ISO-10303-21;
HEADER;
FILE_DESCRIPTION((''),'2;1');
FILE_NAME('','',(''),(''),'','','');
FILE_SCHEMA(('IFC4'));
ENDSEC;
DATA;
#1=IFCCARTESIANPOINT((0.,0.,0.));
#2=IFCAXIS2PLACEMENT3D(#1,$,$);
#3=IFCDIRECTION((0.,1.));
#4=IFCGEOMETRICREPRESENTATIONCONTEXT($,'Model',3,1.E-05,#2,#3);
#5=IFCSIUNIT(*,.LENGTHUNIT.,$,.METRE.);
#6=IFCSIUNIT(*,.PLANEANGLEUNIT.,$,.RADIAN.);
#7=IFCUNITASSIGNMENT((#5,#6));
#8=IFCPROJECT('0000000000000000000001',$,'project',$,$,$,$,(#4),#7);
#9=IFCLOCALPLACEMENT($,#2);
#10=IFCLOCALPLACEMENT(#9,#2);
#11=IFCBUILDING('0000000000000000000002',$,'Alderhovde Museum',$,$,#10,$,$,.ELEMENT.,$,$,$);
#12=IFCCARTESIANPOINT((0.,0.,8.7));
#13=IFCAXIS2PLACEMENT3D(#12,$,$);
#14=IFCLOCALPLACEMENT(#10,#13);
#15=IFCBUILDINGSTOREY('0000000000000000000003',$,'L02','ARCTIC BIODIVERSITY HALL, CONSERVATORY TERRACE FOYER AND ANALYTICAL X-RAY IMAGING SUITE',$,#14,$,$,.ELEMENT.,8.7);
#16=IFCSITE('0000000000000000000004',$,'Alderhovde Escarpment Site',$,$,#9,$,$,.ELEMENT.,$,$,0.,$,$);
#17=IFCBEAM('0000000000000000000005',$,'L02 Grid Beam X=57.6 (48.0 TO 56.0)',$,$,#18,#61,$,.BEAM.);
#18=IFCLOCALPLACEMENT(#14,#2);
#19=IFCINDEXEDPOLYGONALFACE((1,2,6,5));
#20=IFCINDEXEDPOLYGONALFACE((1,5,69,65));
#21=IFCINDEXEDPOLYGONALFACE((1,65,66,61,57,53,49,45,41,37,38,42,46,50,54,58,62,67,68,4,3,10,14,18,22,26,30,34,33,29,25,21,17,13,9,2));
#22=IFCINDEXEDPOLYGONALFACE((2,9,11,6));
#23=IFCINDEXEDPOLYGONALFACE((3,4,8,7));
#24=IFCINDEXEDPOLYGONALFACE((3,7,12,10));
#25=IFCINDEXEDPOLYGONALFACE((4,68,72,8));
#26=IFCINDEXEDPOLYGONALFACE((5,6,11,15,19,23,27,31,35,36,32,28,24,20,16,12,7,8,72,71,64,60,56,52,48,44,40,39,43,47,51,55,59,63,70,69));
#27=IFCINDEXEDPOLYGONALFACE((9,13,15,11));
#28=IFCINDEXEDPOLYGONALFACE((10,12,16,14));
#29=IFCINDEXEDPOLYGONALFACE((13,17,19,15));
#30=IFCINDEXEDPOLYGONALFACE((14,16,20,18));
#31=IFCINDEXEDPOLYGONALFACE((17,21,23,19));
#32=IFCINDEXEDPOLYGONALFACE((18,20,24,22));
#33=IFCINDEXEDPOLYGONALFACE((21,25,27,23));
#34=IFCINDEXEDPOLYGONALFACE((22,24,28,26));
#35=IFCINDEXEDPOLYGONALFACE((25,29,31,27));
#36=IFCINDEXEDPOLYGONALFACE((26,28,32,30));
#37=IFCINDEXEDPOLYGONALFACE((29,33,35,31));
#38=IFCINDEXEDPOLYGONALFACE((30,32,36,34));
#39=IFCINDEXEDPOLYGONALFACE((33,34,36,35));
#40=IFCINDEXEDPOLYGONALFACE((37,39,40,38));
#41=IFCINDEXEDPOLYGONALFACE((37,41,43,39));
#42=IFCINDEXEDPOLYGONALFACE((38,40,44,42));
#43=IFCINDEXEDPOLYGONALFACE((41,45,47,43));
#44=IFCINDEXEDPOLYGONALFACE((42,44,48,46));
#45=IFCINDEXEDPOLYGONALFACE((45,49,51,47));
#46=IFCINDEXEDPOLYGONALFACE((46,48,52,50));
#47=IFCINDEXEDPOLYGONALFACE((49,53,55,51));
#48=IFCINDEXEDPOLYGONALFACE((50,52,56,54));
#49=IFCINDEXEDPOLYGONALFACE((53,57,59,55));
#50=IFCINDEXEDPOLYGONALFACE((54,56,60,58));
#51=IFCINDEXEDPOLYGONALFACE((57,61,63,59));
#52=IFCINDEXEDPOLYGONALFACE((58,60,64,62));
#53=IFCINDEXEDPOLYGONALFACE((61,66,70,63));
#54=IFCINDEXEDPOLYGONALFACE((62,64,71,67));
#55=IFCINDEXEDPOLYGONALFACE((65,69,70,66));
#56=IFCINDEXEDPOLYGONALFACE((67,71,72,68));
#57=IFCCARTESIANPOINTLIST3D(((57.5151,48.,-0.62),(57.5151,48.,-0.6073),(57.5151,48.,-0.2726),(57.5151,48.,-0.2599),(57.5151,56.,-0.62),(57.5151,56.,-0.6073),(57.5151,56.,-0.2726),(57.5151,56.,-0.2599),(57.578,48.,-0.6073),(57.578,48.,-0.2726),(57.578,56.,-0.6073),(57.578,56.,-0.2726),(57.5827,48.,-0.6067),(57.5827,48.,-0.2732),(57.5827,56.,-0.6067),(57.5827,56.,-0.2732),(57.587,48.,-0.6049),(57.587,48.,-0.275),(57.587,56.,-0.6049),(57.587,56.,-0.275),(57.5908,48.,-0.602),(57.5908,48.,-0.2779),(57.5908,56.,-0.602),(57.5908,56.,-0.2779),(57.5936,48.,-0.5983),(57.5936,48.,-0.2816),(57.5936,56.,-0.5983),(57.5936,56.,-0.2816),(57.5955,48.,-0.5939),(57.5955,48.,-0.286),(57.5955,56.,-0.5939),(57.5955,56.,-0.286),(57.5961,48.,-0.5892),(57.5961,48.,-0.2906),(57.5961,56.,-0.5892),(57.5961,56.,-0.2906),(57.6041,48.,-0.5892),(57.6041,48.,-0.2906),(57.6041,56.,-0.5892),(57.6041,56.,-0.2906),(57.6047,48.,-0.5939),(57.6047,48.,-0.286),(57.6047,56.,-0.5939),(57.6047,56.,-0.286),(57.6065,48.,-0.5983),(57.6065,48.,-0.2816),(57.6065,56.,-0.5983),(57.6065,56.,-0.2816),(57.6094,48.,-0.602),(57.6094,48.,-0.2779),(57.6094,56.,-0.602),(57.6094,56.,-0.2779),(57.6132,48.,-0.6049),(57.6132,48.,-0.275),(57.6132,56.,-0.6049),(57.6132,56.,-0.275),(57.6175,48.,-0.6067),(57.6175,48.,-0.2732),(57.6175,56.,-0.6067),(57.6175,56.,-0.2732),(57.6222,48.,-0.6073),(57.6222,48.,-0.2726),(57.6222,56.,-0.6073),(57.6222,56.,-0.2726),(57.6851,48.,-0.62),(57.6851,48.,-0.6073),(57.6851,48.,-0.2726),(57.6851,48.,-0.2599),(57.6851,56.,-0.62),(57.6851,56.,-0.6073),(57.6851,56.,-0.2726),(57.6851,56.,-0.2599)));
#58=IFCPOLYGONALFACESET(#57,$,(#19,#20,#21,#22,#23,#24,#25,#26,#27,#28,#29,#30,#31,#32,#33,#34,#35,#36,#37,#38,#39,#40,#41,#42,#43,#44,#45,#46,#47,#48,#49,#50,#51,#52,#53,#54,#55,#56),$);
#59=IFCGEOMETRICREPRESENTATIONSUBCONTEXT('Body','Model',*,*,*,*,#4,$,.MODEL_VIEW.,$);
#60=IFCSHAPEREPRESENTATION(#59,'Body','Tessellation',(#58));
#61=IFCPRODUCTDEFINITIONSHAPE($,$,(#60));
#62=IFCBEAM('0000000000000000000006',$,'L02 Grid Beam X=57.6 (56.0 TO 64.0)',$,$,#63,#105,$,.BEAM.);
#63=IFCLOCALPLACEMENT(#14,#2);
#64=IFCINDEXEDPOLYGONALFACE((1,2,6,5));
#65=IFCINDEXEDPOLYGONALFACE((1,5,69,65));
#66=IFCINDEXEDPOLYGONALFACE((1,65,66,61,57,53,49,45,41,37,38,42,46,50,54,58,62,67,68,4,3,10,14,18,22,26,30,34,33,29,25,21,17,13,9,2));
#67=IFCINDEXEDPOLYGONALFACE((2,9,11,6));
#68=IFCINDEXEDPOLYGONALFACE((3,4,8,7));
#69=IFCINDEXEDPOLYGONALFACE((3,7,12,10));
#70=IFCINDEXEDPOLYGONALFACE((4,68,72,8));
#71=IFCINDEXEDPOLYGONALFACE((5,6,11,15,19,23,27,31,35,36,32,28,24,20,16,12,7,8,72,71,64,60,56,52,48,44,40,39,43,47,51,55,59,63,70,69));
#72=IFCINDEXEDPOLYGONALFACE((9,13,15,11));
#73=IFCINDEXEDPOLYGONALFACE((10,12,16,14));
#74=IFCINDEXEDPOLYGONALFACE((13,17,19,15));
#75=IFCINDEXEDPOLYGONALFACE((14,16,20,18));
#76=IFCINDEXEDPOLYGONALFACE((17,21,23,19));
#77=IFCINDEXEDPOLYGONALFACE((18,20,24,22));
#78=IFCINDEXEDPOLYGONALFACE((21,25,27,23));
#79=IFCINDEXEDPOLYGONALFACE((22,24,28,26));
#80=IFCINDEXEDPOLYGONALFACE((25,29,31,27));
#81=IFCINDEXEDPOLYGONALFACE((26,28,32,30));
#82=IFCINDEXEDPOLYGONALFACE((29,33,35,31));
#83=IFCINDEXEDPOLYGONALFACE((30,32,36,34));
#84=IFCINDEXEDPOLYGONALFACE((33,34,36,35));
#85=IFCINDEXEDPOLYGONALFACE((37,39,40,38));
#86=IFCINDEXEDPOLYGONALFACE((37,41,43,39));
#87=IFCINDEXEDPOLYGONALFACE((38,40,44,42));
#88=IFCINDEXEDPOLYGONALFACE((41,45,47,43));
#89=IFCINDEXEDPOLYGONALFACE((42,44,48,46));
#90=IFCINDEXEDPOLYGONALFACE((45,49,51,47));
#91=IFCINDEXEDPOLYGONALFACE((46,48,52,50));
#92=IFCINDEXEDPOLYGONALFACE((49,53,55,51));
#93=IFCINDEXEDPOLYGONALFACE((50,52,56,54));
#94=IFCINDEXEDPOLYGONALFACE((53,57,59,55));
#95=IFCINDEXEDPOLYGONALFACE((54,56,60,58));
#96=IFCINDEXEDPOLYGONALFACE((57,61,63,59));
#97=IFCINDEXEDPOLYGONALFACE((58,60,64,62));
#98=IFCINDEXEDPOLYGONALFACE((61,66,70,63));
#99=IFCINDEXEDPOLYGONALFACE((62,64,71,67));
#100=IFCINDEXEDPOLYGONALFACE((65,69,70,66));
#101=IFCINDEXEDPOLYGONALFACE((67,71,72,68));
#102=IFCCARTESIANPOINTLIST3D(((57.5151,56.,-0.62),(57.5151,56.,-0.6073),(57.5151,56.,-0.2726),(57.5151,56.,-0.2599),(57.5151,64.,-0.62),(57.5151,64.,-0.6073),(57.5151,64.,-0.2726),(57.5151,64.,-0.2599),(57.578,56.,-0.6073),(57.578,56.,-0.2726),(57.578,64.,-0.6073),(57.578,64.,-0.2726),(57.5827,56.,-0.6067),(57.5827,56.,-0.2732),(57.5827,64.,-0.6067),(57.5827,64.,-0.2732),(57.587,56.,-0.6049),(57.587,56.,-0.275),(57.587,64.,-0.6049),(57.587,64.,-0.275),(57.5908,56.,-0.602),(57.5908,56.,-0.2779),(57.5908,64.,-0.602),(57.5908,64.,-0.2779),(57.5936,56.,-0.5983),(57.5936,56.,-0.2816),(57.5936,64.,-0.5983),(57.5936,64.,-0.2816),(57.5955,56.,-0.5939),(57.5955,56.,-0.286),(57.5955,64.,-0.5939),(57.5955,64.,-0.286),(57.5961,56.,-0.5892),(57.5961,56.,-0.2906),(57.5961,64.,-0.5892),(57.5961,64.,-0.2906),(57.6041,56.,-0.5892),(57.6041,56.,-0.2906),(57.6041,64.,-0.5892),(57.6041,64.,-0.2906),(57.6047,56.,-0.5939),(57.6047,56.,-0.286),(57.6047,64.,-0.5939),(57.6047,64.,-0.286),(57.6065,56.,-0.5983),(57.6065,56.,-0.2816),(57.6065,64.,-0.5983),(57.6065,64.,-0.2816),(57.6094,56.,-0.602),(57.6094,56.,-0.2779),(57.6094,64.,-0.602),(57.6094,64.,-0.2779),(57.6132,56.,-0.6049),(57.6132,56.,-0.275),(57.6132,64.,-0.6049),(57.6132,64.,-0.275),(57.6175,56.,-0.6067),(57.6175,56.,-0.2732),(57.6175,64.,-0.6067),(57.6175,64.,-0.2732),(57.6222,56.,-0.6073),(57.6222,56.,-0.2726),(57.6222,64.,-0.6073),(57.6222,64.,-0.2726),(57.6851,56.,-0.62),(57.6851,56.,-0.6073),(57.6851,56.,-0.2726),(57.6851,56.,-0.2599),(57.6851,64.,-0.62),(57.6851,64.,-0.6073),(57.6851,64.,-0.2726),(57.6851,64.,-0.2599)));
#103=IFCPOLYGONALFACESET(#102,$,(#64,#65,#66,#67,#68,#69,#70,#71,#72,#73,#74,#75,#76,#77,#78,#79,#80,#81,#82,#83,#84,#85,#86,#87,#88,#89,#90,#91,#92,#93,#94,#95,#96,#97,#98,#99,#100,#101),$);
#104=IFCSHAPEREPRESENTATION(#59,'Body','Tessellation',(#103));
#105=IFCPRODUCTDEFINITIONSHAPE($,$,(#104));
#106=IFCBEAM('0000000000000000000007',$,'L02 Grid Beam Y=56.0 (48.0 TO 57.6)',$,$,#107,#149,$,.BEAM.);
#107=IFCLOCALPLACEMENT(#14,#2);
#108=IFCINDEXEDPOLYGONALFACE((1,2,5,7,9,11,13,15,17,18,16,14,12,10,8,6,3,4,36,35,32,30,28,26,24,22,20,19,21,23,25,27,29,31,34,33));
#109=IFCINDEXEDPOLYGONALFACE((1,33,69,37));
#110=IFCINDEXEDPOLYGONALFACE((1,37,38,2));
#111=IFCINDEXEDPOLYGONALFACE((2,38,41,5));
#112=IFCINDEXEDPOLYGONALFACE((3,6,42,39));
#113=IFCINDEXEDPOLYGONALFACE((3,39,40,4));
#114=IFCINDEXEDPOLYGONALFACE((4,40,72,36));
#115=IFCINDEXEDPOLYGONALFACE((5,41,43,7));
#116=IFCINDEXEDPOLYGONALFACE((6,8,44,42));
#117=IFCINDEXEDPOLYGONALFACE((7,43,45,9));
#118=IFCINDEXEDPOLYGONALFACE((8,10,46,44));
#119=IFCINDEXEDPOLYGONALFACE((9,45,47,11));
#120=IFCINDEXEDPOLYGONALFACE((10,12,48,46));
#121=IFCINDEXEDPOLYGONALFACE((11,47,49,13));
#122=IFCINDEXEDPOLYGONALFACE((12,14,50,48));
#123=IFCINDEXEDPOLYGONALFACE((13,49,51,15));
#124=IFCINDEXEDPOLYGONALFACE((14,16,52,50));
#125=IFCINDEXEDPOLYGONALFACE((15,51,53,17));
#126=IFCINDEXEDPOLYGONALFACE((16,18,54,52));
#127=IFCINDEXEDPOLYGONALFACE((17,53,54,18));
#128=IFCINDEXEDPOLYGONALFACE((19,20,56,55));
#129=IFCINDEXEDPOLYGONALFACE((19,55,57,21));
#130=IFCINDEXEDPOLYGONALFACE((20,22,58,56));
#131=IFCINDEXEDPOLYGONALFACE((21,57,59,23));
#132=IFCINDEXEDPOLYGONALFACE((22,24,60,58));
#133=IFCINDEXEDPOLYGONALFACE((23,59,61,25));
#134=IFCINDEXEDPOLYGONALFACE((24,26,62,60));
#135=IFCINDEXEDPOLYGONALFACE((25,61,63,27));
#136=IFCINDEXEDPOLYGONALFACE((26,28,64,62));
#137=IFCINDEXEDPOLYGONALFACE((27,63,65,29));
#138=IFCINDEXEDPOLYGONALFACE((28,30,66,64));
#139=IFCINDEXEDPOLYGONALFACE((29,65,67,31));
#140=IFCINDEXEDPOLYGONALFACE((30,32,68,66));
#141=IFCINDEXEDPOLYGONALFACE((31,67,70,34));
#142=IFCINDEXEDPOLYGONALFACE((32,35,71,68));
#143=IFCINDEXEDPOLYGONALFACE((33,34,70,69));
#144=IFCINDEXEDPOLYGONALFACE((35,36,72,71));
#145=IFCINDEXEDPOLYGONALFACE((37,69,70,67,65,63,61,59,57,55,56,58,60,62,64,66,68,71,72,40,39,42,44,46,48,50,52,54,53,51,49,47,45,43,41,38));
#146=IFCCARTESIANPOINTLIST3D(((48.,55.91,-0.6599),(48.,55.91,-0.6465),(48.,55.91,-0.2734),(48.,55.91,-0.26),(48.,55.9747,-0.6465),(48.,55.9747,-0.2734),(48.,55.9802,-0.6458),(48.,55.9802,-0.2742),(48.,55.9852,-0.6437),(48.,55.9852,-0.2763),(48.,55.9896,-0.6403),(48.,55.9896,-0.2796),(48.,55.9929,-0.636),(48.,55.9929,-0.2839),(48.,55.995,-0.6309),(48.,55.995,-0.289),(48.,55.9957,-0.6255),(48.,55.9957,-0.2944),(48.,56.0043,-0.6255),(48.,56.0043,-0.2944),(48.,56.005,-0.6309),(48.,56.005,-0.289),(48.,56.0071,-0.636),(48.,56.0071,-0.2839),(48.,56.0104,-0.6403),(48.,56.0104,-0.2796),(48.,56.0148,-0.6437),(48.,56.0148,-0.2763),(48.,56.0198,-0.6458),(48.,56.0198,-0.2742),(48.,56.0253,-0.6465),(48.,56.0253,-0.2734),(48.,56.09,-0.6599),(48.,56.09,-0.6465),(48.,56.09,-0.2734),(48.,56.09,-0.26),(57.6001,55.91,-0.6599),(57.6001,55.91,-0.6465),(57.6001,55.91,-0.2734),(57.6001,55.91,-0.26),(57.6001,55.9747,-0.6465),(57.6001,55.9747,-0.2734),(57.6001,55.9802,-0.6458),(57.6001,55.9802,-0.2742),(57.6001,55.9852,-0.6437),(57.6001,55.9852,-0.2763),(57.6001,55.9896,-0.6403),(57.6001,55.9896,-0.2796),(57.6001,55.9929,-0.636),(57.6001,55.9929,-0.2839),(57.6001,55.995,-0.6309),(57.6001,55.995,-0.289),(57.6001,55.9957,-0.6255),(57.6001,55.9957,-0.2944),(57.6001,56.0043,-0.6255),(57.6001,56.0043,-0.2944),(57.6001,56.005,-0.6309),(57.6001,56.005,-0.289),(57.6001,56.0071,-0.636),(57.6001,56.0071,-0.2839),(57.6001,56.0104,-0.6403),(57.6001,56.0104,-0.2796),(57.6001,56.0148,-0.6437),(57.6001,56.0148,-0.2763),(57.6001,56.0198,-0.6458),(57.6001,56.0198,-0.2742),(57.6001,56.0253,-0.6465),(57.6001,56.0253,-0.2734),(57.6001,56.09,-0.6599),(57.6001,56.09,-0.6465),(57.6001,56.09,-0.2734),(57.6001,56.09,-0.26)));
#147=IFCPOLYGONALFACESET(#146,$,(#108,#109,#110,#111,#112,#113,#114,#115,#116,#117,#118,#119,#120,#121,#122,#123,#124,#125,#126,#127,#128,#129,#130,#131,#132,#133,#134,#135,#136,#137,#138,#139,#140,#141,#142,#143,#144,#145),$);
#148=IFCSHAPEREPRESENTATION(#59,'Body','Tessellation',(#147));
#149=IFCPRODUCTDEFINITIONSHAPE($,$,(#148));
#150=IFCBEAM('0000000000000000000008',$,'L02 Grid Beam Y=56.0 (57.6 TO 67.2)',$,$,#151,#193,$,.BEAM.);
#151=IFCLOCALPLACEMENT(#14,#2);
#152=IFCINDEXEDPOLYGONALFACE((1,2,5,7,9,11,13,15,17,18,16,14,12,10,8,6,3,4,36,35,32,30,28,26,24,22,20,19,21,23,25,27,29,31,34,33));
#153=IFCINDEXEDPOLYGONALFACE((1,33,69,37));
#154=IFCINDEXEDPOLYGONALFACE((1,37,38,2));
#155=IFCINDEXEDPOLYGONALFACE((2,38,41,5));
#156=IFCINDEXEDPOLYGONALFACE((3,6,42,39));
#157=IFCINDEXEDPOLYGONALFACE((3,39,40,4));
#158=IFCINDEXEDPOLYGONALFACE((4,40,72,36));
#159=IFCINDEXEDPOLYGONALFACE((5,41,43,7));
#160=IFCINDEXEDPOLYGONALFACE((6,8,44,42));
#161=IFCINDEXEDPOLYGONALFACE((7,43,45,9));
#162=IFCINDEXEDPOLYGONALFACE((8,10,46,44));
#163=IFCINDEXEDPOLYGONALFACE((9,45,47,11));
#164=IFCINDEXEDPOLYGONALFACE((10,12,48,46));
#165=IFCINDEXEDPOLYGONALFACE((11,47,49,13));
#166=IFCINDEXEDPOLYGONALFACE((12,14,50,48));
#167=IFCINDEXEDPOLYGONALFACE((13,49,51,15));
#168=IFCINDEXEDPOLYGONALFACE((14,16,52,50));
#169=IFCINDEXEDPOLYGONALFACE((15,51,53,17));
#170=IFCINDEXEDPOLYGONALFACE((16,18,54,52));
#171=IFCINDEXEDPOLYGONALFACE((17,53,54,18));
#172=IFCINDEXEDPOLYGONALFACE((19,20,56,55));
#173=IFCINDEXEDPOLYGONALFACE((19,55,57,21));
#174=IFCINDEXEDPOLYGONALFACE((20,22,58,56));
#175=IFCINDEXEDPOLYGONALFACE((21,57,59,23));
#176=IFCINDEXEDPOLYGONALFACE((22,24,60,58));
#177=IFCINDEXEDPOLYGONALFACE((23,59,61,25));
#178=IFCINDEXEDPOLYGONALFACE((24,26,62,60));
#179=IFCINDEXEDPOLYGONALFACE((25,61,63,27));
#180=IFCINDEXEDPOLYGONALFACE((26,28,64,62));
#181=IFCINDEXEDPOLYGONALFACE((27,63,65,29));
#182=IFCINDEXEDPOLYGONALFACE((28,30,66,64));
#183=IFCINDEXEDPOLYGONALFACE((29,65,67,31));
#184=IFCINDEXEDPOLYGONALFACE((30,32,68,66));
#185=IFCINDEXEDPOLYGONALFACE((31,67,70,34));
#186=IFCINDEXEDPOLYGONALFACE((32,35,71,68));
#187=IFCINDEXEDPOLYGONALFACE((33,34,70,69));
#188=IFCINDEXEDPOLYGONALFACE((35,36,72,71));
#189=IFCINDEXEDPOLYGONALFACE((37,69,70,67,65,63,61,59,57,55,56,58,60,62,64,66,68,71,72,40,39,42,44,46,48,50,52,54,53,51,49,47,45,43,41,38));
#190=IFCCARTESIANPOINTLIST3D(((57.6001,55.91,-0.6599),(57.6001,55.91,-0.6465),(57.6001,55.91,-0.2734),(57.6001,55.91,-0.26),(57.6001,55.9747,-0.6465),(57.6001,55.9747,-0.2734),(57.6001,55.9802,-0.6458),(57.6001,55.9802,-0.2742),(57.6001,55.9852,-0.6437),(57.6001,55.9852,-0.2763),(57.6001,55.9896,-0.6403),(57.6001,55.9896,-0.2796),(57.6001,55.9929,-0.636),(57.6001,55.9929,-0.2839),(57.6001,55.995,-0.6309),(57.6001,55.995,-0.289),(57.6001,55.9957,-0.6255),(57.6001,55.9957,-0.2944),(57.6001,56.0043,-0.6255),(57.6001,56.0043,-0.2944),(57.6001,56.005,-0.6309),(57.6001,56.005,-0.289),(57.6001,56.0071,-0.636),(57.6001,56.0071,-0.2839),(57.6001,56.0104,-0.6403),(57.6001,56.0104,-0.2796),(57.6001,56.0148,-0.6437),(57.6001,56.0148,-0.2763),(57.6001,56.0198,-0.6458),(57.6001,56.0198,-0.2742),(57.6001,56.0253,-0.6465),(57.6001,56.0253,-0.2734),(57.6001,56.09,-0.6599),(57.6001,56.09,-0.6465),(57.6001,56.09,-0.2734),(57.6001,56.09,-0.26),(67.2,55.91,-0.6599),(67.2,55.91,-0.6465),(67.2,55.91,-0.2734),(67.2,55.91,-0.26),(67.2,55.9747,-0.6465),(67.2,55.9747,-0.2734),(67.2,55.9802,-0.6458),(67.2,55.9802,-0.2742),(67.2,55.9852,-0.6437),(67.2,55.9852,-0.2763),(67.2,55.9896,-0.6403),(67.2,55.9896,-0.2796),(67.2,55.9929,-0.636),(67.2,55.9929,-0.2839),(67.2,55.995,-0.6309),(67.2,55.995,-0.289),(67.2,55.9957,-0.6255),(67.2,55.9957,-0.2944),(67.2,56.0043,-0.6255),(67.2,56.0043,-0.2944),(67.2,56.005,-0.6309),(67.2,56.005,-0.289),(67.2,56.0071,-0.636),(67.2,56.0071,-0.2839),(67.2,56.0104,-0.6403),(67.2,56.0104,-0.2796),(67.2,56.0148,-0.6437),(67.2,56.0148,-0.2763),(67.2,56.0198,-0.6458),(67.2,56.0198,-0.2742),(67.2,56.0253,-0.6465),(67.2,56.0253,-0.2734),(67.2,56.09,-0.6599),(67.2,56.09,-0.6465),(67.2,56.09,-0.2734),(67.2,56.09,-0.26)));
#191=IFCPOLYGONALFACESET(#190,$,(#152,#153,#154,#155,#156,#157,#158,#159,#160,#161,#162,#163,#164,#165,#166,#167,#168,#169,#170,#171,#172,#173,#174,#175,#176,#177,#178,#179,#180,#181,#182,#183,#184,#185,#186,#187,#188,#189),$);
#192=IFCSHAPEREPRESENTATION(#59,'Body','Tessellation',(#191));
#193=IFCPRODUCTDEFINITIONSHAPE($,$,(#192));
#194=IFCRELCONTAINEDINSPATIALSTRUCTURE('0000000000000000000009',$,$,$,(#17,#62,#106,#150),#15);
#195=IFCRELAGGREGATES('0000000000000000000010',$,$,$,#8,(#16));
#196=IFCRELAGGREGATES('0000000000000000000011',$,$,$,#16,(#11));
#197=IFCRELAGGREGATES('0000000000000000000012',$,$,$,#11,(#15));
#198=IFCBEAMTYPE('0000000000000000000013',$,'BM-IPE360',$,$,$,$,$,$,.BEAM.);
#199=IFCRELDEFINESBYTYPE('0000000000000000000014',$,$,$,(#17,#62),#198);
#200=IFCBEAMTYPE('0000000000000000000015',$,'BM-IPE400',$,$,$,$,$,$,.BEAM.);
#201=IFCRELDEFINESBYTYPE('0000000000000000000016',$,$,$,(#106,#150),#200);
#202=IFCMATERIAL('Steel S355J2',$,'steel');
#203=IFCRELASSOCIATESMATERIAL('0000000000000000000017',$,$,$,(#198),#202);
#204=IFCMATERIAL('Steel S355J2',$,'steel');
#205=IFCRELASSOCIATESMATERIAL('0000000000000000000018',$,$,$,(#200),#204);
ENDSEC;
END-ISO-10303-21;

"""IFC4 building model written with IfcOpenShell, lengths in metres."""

from ifc_helpers import new_model, si_unit, direction, frame, origin, origin_2d, place, context, subcontext, project, spatial, i_section, extrude, material, material_profile, profile_set, type_object, element, save


model = new_model("IFC4")

# Units and contexts
model_context = context("Model", 3, precision=1e-05, world=origin(), true_north=direction((0.0, 1.0)))
body_context = subcontext(model_context, "Body", "Model", "MODEL_VIEW")
ifc_project = project(units=[si_unit("LENGTHUNIT", "METRE"), si_unit("PLANEANGLEUNIT", "RADIAN")], contexts=[model_context])

# Site, building, storey
site_placement = place(None, origin())
site = spatial("IfcSite", under=ifc_project, at=site_placement, Name="Alderhovde Escarpment Site", CompositionType="ELEMENT", RefElevation=0.0)
building_placement = place(site_placement, origin())
building = spatial("IfcBuilding", under=site, at=building_placement, Name="Alderhovde Museum", CompositionType="ELEMENT")
storey_placement = place(building_placement, frame((0.0, 0.0, 8.7)))
storey = spatial("IfcBuildingStorey", under=building, at=storey_placement, Name="L02", Description="ARCTIC BIODIVERSITY HALL, CONSERVATORY TERRACE FOYER AND ANALYTICAL X-RAY IMAGING SUITE", CompositionType="ELEMENT", Elevation=8.7)

# Beams
ifc_material_1 = material(Name="Steel S355J2", Category="steel")
ifc_material_profile_1 = material_profile(ifc_material_1, i_section(OverallWidth=0.1699, OverallDepth=0.3601, WebThickness=0.0081, FlangeThickness=0.0127, FilletRadius=0.0181, at=origin_2d()), Name="IPE 360")
ifc_profile_set_1 = profile_set([ifc_material_profile_1], Name="Steel S355J2")
beam_type_1 = type_object("IfcBeamType", Name="BM-IPE360", PredefinedType="BEAM", material=ifc_profile_set_1)
for number, where, z_axis, x_axis, name in (
    (1, (57.6001, 48.0, -0.4399), (0.0, 1.0, 0.0), (-1.0, 0.0, 0.0), "L02 Grid Beam X=57.6 (48.0 TO 56.0)"),
    (2, (57.6001, 56.0, -0.4399), (0.0, 1.0, 0.0), (-1.0, 0.0, 0.0), "L02 Grid Beam X=57.6 (56.0 TO 64.0)"),
):
    element("IfcBeam", number, at=place(storey_placement, frame(where, z_axis=z_axis, x_axis=x_axis)), inside=storey, type_object=beam_type_1, Name=name, PredefinedType="BEAM", context=body_context, shape_type="SweptSolid", body=[
        extrude(i_section(OverallWidth=0.1699, OverallDepth=0.3601, WebThickness=0.0081, FlangeThickness=0.0127, FilletRadius=0.0181, at=origin_2d()), origin(), (0.0, 0.0, 1.0), 8.0),
    ])
ifc_material_2 = material(Name="Steel S355J2", Category="steel")
ifc_material_profile_2 = material_profile(ifc_material_2, i_section(OverallWidth=0.1799, OverallDepth=0.3999, WebThickness=0.0085, FlangeThickness=0.0134, FilletRadius=0.021, at=origin_2d()), Name="IPE 400")
ifc_profile_set_2 = profile_set([ifc_material_profile_2], Name="Steel S355J2")
beam_type_2 = type_object("IfcBeamType", Name="BM-IPE400", PredefinedType="BEAM", material=ifc_profile_set_2)
beam_1_placement = place(storey_placement, frame((48.0, 56.0, -0.46), z_axis=(1.0, 0.0, 0.0), x_axis=(0.0, 1.0, 0.0)))
element("IfcBeam", 3, at=beam_1_placement, inside=storey, type_object=beam_type_2, Name="L02 Grid Beam Y=56.0 (48.0 TO 57.6)", PredefinedType="BEAM", context=body_context, shape_type="SweptSolid", body=[
    extrude(i_section(OverallWidth=0.1799, OverallDepth=0.3999, WebThickness=0.0085, FlangeThickness=0.0134, FilletRadius=0.021, at=origin_2d()), origin(), (0.0, 0.0, 1.0), 9.6001),
])
beam_2_placement = place(storey_placement, frame((57.6001, 56.0, -0.46), z_axis=(1.0, 0.0, 0.0), x_axis=(0.0, 1.0, 0.0)))
element("IfcBeam", 4, at=beam_2_placement, inside=storey, type_object=beam_type_2, Name="L02 Grid Beam Y=56.0 (57.6 TO 67.2)", PredefinedType="BEAM", context=body_context, shape_type="SweptSolid", body=[
    extrude(i_section(OverallWidth=0.1799, OverallDepth=0.3999, WebThickness=0.0085, FlangeThickness=0.0134, FilletRadius=0.021, at=origin_2d()), origin(), (0.0, 0.0, 1.0), 9.5999),
])

save(model, "model.ifc")
